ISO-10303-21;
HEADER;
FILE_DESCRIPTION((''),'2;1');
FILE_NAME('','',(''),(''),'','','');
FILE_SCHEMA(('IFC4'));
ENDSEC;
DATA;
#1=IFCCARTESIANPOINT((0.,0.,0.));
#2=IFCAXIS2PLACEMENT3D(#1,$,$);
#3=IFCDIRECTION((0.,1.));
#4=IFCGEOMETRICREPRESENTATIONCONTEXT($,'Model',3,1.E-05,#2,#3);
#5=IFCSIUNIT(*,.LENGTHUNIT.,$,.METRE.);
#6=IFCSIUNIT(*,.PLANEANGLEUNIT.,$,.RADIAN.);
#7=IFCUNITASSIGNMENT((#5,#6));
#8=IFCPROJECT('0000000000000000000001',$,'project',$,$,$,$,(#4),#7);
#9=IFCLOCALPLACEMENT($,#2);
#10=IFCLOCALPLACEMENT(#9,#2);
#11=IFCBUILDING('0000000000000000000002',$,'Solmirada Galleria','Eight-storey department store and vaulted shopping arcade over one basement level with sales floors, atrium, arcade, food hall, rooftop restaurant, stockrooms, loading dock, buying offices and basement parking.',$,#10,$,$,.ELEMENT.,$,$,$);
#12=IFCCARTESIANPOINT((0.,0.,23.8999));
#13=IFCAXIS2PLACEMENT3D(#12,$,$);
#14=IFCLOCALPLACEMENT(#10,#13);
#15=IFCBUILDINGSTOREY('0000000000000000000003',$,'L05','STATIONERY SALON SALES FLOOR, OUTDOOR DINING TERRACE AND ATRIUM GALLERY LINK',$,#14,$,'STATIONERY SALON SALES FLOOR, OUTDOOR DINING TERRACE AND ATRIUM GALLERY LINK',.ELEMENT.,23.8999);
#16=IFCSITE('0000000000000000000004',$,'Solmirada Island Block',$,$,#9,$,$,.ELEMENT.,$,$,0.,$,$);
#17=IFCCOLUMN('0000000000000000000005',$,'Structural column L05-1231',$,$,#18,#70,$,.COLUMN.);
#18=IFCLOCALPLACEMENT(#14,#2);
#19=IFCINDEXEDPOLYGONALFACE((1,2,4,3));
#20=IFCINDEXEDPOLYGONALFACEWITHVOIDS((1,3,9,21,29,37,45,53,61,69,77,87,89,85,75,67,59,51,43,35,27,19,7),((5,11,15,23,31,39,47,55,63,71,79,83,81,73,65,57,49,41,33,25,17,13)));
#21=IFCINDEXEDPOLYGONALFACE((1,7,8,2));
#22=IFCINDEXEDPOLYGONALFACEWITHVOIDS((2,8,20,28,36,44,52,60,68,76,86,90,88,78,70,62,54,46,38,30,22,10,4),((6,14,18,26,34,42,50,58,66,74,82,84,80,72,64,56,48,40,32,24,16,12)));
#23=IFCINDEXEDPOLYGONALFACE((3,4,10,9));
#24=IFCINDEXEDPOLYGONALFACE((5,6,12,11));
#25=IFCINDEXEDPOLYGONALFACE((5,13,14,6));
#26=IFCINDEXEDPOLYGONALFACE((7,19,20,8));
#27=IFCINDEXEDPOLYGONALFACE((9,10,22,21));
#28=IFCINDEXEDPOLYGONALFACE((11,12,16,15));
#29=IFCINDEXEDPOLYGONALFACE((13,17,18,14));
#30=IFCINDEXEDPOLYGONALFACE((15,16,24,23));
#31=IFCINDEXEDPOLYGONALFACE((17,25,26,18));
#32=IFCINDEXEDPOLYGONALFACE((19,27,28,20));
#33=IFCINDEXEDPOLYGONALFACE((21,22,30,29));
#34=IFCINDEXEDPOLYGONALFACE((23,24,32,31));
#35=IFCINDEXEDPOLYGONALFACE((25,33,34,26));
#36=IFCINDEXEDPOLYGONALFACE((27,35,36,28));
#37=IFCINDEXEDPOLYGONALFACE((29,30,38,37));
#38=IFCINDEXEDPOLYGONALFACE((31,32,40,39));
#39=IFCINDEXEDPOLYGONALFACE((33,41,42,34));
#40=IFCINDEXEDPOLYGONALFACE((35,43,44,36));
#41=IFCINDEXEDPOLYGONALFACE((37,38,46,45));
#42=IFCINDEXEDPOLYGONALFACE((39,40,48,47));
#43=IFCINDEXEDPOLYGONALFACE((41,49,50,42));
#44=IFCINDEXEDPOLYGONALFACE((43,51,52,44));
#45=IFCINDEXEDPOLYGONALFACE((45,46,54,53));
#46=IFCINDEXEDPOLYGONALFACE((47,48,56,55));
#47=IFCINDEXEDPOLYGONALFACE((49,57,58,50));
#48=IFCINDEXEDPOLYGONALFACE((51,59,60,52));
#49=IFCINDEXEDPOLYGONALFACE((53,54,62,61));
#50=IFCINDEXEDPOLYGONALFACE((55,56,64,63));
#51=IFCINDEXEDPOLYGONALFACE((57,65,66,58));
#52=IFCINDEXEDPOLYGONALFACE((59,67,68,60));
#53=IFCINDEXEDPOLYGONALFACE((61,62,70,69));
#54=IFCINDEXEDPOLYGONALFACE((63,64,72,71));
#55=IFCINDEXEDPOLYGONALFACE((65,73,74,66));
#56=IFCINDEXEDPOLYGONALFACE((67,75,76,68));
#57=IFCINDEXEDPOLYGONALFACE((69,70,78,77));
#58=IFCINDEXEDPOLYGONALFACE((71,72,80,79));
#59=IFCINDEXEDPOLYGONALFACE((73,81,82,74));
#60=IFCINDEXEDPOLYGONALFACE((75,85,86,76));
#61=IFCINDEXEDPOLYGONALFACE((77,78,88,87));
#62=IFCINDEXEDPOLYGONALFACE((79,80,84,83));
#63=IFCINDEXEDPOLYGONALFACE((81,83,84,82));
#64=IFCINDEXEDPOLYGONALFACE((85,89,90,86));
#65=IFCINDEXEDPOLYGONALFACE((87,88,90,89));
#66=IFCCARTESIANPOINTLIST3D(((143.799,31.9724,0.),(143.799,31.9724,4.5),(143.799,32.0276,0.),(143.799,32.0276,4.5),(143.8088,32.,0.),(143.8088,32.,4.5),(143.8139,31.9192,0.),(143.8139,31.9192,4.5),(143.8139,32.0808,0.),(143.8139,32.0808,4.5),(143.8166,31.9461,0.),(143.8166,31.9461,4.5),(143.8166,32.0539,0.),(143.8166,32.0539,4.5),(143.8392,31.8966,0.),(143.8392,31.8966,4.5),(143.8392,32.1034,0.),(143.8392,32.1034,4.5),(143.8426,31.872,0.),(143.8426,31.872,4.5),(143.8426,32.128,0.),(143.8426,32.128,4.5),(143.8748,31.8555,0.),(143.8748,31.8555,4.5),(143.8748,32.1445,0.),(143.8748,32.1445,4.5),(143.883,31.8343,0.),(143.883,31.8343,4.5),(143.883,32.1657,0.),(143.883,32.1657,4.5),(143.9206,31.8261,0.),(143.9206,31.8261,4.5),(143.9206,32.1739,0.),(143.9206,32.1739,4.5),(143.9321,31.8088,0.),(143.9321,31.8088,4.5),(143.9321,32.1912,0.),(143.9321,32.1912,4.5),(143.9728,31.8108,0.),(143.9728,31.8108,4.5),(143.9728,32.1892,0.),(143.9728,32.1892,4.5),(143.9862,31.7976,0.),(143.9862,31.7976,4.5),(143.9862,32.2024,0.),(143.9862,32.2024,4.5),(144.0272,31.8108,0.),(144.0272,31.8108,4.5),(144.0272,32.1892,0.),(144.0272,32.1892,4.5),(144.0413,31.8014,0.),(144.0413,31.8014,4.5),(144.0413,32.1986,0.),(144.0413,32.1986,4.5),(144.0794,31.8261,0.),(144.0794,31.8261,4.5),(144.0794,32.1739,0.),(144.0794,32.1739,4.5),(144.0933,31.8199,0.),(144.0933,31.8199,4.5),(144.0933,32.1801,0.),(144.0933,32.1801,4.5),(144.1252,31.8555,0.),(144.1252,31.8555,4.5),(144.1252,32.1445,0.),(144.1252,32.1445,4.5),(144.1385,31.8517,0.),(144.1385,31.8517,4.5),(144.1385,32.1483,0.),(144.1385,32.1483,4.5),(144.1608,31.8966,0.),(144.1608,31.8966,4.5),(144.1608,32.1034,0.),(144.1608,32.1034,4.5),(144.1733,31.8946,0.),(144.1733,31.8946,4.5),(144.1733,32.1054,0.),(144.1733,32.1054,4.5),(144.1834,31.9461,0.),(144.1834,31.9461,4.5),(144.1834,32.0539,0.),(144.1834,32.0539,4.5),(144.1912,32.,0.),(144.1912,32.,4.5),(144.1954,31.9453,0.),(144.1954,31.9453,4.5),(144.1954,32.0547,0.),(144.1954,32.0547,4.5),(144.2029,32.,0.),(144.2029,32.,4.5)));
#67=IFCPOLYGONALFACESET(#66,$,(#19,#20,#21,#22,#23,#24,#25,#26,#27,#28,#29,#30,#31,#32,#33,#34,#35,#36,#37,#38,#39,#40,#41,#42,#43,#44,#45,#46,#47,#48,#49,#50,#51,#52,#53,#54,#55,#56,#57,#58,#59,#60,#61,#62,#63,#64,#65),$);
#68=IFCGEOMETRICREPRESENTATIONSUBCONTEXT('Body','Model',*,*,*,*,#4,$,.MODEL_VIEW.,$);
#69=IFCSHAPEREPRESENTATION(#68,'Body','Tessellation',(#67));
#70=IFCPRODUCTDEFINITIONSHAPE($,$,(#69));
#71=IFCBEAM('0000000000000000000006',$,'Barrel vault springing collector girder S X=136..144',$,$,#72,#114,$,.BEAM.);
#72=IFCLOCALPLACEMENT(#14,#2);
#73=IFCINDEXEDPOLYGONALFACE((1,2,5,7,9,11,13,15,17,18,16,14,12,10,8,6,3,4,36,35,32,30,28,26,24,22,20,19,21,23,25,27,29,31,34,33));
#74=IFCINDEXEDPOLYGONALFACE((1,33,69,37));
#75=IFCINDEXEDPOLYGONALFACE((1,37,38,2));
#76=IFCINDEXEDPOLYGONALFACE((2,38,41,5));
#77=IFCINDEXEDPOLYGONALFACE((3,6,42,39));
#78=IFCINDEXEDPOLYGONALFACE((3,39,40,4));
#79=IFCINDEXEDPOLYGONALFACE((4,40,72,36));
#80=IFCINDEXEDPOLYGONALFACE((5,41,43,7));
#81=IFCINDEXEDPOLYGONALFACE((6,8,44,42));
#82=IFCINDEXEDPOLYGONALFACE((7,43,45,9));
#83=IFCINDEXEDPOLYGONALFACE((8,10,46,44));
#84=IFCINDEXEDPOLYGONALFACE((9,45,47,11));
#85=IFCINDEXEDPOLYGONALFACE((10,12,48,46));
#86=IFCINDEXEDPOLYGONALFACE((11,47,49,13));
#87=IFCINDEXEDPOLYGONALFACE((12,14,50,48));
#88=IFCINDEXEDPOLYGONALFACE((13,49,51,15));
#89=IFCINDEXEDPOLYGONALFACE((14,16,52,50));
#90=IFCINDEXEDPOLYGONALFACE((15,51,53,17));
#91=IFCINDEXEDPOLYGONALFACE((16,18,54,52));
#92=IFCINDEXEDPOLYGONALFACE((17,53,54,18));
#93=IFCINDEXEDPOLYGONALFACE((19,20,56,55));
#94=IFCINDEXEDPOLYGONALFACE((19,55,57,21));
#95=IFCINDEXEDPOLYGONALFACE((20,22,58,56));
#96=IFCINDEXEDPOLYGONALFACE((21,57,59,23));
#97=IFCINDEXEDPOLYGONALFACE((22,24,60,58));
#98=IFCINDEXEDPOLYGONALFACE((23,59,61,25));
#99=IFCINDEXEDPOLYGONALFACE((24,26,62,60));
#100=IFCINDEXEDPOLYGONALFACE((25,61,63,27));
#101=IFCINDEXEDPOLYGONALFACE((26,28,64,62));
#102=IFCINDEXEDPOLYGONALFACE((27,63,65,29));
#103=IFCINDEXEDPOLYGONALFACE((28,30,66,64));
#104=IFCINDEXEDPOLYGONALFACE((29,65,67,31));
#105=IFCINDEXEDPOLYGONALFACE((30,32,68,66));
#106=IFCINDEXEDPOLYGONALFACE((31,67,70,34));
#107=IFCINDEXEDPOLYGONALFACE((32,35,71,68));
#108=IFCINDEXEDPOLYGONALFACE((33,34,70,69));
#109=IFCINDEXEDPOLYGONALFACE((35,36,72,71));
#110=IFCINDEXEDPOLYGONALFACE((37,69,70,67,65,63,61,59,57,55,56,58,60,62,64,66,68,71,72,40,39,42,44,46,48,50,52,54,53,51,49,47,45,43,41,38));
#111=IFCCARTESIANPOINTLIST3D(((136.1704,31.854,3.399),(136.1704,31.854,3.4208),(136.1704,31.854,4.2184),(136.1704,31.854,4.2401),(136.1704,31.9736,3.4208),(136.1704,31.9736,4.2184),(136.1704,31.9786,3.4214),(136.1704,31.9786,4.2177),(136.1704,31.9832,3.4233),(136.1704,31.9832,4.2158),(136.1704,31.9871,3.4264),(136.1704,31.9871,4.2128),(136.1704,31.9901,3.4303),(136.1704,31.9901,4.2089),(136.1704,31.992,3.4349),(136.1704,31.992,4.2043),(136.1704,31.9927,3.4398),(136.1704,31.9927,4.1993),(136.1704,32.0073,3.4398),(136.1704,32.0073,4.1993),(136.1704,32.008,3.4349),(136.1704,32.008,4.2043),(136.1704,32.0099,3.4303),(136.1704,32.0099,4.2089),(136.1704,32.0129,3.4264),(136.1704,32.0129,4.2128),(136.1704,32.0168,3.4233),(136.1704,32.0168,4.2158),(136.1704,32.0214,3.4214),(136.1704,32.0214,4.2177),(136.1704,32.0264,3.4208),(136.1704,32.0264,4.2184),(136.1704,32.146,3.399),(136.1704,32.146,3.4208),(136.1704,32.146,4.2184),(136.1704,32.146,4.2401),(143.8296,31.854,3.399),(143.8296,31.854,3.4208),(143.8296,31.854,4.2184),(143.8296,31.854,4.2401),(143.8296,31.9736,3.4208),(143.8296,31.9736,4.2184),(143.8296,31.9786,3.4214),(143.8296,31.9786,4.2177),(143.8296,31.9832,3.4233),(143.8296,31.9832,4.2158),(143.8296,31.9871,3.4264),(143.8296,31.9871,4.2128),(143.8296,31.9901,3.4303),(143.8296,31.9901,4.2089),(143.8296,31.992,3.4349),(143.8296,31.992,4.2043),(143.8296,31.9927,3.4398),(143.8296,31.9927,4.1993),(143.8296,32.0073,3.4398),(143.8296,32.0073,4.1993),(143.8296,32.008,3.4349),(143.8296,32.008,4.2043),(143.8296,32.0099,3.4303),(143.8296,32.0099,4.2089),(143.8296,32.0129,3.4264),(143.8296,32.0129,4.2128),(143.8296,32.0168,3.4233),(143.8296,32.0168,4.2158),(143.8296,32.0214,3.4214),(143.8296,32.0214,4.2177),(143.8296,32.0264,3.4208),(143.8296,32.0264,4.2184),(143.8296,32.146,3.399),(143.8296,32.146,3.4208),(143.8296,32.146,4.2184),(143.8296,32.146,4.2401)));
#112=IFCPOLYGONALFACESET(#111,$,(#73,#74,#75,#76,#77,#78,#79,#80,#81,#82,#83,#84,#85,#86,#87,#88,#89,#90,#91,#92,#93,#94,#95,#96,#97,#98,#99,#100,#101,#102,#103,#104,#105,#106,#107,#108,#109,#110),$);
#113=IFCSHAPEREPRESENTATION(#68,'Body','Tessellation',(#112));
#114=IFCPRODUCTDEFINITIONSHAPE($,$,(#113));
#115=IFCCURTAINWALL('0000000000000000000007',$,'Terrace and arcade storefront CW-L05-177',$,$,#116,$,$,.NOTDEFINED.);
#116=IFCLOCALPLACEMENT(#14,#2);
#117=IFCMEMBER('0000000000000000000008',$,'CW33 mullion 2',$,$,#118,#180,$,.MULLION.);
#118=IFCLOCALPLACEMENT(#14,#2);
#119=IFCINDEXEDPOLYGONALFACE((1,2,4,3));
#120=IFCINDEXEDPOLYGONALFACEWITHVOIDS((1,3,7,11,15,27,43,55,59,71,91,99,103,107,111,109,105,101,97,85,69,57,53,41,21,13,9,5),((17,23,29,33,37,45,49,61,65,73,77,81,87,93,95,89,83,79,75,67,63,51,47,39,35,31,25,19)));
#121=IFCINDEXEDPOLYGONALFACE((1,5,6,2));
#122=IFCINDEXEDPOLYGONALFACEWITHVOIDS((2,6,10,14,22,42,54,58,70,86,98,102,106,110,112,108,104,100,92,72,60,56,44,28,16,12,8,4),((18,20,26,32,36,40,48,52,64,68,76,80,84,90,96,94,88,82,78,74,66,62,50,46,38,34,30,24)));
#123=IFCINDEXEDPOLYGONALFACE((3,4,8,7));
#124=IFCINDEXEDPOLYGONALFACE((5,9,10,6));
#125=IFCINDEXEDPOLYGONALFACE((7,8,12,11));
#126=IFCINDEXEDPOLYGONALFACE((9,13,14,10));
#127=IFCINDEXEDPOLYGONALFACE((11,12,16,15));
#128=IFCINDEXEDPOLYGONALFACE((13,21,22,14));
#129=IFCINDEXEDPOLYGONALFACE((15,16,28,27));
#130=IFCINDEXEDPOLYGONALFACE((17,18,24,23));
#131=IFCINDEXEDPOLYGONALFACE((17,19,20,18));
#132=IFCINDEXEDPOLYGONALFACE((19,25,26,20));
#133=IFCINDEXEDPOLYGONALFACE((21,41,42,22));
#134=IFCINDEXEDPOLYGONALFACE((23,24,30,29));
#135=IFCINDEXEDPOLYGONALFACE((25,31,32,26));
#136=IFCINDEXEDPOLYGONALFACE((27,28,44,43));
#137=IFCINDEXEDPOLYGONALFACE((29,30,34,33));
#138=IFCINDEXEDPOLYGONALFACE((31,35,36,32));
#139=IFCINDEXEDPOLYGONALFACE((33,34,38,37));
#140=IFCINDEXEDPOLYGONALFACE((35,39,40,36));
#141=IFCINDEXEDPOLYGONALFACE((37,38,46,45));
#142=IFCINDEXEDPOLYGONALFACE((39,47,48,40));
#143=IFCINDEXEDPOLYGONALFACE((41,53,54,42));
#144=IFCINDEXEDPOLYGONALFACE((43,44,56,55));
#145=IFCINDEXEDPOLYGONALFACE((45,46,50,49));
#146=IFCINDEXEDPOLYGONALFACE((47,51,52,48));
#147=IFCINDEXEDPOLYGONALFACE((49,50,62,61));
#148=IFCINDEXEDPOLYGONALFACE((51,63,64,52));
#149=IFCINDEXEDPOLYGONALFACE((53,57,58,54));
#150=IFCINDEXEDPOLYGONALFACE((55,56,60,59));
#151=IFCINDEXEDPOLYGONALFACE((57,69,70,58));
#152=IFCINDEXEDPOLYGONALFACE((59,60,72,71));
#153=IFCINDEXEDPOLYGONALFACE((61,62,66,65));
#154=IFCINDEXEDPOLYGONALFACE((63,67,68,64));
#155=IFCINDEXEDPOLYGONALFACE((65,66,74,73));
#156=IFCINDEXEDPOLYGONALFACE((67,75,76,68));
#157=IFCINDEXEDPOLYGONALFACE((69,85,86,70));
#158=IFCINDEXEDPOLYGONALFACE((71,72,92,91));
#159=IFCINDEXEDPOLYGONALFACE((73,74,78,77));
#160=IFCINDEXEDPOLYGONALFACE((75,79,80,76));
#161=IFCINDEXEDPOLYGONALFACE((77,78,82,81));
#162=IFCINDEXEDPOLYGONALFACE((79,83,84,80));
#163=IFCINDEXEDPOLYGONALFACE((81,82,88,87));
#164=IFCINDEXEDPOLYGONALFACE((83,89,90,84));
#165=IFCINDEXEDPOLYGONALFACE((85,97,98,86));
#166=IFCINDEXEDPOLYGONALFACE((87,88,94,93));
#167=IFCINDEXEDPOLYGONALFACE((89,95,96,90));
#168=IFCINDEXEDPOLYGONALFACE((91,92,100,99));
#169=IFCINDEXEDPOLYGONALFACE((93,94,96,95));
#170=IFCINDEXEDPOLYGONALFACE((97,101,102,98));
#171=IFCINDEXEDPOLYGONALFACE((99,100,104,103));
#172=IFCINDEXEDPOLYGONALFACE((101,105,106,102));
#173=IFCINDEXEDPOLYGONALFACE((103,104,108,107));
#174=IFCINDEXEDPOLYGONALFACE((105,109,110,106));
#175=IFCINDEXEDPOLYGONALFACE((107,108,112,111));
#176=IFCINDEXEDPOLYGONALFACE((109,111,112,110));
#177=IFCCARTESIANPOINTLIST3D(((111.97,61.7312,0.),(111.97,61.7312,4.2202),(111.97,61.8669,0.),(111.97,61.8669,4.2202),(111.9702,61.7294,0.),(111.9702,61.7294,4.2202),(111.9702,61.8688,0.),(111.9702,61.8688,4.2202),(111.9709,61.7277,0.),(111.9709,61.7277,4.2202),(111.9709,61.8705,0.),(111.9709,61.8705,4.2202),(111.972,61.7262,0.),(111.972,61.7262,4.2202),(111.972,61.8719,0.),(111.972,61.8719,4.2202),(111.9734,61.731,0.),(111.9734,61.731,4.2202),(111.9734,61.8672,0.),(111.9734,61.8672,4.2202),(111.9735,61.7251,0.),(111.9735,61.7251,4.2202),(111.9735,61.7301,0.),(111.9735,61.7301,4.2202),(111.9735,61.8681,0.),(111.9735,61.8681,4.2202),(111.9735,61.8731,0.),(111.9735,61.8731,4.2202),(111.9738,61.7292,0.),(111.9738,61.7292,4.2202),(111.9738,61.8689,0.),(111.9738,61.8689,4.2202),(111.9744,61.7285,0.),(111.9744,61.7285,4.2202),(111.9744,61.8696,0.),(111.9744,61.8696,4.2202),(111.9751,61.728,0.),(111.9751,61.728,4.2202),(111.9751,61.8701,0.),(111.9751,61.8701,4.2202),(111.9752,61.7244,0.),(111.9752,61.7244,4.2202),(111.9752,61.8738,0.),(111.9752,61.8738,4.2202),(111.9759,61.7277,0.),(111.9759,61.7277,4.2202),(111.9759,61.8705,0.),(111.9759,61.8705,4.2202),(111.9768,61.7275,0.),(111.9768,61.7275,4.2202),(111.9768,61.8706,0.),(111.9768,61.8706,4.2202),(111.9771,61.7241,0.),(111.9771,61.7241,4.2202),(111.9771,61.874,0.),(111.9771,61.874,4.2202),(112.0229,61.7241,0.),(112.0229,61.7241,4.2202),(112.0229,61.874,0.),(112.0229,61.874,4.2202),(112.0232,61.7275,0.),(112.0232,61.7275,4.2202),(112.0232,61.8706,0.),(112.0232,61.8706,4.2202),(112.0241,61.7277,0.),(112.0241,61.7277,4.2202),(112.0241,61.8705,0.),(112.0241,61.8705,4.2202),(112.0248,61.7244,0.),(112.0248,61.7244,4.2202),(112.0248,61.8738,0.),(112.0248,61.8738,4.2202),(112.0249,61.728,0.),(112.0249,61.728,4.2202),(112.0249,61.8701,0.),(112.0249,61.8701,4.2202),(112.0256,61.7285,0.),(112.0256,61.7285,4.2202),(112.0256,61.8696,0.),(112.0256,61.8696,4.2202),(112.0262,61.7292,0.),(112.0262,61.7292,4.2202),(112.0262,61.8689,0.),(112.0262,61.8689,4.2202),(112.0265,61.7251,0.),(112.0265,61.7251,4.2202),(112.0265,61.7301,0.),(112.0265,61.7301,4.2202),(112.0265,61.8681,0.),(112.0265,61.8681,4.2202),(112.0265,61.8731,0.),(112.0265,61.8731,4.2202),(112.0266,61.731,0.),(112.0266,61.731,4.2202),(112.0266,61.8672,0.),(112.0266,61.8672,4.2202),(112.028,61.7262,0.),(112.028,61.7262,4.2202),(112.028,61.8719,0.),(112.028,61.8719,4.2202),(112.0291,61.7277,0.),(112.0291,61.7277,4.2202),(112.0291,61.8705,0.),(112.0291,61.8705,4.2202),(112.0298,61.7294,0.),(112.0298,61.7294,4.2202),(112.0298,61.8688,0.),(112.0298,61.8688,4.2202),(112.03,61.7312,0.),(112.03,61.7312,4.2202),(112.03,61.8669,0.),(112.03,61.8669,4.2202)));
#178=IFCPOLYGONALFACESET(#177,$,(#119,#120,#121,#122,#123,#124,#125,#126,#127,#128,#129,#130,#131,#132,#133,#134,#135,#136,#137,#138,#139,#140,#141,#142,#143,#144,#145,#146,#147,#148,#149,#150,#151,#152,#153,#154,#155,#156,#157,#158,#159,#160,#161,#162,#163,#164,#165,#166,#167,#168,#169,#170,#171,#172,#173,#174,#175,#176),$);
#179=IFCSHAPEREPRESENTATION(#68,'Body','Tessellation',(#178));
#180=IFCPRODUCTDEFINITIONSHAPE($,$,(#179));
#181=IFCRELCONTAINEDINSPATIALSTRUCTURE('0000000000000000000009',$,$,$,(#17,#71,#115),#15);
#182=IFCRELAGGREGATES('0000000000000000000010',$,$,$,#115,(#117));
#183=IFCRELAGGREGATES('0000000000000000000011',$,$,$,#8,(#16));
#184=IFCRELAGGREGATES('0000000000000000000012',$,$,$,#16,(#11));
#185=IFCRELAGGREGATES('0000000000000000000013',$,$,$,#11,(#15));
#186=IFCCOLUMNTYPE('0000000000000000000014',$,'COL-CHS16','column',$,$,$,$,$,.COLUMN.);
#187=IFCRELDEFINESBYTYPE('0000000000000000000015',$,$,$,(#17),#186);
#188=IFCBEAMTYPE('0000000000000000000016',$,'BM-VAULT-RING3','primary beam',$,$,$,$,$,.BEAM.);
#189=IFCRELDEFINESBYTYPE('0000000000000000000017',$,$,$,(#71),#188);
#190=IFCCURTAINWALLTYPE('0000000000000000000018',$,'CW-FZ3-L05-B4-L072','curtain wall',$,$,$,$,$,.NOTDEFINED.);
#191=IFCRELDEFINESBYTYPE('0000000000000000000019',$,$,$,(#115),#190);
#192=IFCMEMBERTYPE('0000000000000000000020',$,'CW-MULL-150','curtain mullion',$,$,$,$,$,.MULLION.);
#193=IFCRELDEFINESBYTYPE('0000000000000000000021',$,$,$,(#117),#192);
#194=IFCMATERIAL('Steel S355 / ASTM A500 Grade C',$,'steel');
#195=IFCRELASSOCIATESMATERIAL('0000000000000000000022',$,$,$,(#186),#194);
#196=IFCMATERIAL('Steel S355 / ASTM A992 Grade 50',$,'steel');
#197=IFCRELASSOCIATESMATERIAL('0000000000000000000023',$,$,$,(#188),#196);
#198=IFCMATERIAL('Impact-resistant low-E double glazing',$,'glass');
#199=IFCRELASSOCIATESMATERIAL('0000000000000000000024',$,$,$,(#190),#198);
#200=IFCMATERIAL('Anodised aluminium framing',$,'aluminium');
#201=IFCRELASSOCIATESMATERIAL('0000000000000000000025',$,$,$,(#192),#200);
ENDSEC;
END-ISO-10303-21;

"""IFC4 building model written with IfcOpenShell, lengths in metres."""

from ifc_helpers import new_model, si_unit, direction, frame, origin, origin_2d, place, context, subcontext, project, spatial, hollow_rectangle, hollow_circle, i_section, extrude, material, material_profile, profile_set, type_object, element, aggregate, save


model = new_model("IFC4")

# Units and contexts
model_context = context("Model", 3, precision=1e-05, world=origin(), true_north=direction((0.0, 1.0)))
body_context = subcontext(model_context, "Body", "Model", "MODEL_VIEW")
ifc_project = project(units=[si_unit("LENGTHUNIT", "METRE"), si_unit("PLANEANGLEUNIT", "RADIAN")], contexts=[model_context])

# Site, building, storey
site_placement = place(None, origin())
site = spatial("IfcSite", under=ifc_project, at=site_placement, Name="Solmirada Island Block", CompositionType="ELEMENT", RefElevation=0.0)
building_placement = place(site_placement, origin())
building = spatial("IfcBuilding", under=site, at=building_placement, Name="Solmirada Galleria", Description="Eight-storey department store and vaulted shopping arcade over one basement level with sales floors, atrium, arcade, food hall, rooftop restaurant, stockrooms, loading dock, buying offices and basement parking.", CompositionType="ELEMENT")
storey_placement = place(building_placement, frame((0.0, 0.0, 23.8999)))
storey = spatial("IfcBuildingStorey", under=building, at=storey_placement, Name="L05", Description="STATIONERY SALON SALES FLOOR, OUTDOOR DINING TERRACE AND ATRIUM GALLERY LINK", LongName="STATIONERY SALON SALES FLOOR, OUTDOOR DINING TERRACE AND ATRIUM GALLERY LINK", CompositionType="ELEMENT", Elevation=23.8999)

# Column
ifc_material_1 = material(Name="Steel S355 / ASTM A500 Grade C", Category="steel")
ifc_material_profile_1 = material_profile(ifc_material_1, hollow_circle(Radius=0.2029, WallThickness=0.0117, at=origin_2d()), Name="HSS16.000X0.500")
ifc_profile_set_1 = profile_set([ifc_material_profile_1], Name="Steel S355 / ASTM A500 Grade C")
column_type = type_object("IfcColumnType", Name="COL-CHS16", Description="column", PredefinedType="COLUMN", material=ifc_profile_set_1)
column_placement = place(storey_placement, frame((144.0, 32.0, 0.0), z_axis=(0.0, 0.0, 1.0), x_axis=(1.0, 0.0, 0.0)))
element("IfcColumn", 1, at=column_placement, inside=storey, type_object=column_type, Name="Structural column L05-1231", PredefinedType="COLUMN", context=body_context, shape_type="SweptSolid", body=[
    extrude(hollow_circle(Radius=0.2029, WallThickness=0.0117, at=origin_2d()), origin(), (0.0, 0.0, 1.0), 4.5),
])

# Beam
ifc_material_2 = material(Name="Steel S355 / ASTM A992 Grade 50", Category="steel")
ifc_material_profile_2 = material_profile(ifc_material_2, i_section(OverallWidth=0.292, OverallDepth=0.8411, WebThickness=0.0146, FlangeThickness=0.0217, FilletRadius=0.019, at=origin_2d()), Name="W33X130")
ifc_profile_set_2 = profile_set([ifc_material_profile_2], Name="Steel S355 / ASTM A992 Grade 50")
beam_type = type_object("IfcBeamType", Name="BM-VAULT-RING3", Description="primary beam", PredefinedType="BEAM", material=ifc_profile_set_2)
beam_placement = place(storey_placement, frame((136.1704, 32.0, 3.8196), z_axis=(1.0, 0.0, 0.0), x_axis=(0.0, 1.0, 0.0)))
element("IfcBeam", 2, at=beam_placement, inside=storey, type_object=beam_type, Name="Barrel vault springing collector girder S X=136..144", PredefinedType="BEAM", context=body_context, shape_type="SweptSolid", body=[
    extrude(i_section(OverallWidth=0.292, OverallDepth=0.8411, WebThickness=0.0146, FlangeThickness=0.0217, FilletRadius=0.019, at=origin_2d()), origin(), (0.0, 0.0, 1.0), 7.6592),
])

# Curtain wall, member
ifc_material_3 = material(Name="Impact-resistant low-E double glazing", Category="glass")
curtain_wall_type = type_object("IfcCurtainWallType", Name="CW-FZ3-L05-B4-L072", Description="curtain wall", PredefinedType="NOTDEFINED", material=ifc_material_3)
curtain_wall_placement = place(storey_placement, origin())
curtain_wall = element("IfcCurtainWall", 3, at=curtain_wall_placement, inside=storey, type_object=curtain_wall_type, Name="Terrace and arcade storefront CW-L05-177", PredefinedType="NOTDEFINED")
ifc_material_4 = material(Name="Anodised aluminium framing", Category="aluminium")
ifc_material_profile_3 = material_profile(ifc_material_4, hollow_rectangle(XDim=0.0601, YDim=0.1499, WallThickness=0.0034, InnerFilletRadius=0.0034, OuterFilletRadius=0.0071, at=origin_2d()), Name="ALU-MULL-150X60")
ifc_profile_set_3 = profile_set([ifc_material_profile_3], Name="Anodised aluminium framing")
member_type_1 = type_object("IfcMemberType", Name="CW-MULL-150", Description="curtain mullion", PredefinedType="MULLION", material=ifc_profile_set_3)
member_1_placement = place(storey_placement, frame((112.0, 61.7991, 0.0), z_axis=(0.0, 0.0, 1.0), x_axis=(1.0, 0.0, 0.0)))
member_1 = element("IfcMember", 4, at=member_1_placement, type_object=member_type_1, Name="CW33 mullion 2", PredefinedType="MULLION", context=body_context, shape_type="SweptSolid", body=[
    extrude(hollow_rectangle(XDim=0.0601, YDim=0.1499, WallThickness=0.0034, InnerFilletRadius=0.0034, OuterFilletRadius=0.0071, at=origin_2d()), origin(), (0.0, 0.0, 1.0), 4.2202),
])
aggregate(curtain_wall, [member_1])

save(model, "model.ifc")
